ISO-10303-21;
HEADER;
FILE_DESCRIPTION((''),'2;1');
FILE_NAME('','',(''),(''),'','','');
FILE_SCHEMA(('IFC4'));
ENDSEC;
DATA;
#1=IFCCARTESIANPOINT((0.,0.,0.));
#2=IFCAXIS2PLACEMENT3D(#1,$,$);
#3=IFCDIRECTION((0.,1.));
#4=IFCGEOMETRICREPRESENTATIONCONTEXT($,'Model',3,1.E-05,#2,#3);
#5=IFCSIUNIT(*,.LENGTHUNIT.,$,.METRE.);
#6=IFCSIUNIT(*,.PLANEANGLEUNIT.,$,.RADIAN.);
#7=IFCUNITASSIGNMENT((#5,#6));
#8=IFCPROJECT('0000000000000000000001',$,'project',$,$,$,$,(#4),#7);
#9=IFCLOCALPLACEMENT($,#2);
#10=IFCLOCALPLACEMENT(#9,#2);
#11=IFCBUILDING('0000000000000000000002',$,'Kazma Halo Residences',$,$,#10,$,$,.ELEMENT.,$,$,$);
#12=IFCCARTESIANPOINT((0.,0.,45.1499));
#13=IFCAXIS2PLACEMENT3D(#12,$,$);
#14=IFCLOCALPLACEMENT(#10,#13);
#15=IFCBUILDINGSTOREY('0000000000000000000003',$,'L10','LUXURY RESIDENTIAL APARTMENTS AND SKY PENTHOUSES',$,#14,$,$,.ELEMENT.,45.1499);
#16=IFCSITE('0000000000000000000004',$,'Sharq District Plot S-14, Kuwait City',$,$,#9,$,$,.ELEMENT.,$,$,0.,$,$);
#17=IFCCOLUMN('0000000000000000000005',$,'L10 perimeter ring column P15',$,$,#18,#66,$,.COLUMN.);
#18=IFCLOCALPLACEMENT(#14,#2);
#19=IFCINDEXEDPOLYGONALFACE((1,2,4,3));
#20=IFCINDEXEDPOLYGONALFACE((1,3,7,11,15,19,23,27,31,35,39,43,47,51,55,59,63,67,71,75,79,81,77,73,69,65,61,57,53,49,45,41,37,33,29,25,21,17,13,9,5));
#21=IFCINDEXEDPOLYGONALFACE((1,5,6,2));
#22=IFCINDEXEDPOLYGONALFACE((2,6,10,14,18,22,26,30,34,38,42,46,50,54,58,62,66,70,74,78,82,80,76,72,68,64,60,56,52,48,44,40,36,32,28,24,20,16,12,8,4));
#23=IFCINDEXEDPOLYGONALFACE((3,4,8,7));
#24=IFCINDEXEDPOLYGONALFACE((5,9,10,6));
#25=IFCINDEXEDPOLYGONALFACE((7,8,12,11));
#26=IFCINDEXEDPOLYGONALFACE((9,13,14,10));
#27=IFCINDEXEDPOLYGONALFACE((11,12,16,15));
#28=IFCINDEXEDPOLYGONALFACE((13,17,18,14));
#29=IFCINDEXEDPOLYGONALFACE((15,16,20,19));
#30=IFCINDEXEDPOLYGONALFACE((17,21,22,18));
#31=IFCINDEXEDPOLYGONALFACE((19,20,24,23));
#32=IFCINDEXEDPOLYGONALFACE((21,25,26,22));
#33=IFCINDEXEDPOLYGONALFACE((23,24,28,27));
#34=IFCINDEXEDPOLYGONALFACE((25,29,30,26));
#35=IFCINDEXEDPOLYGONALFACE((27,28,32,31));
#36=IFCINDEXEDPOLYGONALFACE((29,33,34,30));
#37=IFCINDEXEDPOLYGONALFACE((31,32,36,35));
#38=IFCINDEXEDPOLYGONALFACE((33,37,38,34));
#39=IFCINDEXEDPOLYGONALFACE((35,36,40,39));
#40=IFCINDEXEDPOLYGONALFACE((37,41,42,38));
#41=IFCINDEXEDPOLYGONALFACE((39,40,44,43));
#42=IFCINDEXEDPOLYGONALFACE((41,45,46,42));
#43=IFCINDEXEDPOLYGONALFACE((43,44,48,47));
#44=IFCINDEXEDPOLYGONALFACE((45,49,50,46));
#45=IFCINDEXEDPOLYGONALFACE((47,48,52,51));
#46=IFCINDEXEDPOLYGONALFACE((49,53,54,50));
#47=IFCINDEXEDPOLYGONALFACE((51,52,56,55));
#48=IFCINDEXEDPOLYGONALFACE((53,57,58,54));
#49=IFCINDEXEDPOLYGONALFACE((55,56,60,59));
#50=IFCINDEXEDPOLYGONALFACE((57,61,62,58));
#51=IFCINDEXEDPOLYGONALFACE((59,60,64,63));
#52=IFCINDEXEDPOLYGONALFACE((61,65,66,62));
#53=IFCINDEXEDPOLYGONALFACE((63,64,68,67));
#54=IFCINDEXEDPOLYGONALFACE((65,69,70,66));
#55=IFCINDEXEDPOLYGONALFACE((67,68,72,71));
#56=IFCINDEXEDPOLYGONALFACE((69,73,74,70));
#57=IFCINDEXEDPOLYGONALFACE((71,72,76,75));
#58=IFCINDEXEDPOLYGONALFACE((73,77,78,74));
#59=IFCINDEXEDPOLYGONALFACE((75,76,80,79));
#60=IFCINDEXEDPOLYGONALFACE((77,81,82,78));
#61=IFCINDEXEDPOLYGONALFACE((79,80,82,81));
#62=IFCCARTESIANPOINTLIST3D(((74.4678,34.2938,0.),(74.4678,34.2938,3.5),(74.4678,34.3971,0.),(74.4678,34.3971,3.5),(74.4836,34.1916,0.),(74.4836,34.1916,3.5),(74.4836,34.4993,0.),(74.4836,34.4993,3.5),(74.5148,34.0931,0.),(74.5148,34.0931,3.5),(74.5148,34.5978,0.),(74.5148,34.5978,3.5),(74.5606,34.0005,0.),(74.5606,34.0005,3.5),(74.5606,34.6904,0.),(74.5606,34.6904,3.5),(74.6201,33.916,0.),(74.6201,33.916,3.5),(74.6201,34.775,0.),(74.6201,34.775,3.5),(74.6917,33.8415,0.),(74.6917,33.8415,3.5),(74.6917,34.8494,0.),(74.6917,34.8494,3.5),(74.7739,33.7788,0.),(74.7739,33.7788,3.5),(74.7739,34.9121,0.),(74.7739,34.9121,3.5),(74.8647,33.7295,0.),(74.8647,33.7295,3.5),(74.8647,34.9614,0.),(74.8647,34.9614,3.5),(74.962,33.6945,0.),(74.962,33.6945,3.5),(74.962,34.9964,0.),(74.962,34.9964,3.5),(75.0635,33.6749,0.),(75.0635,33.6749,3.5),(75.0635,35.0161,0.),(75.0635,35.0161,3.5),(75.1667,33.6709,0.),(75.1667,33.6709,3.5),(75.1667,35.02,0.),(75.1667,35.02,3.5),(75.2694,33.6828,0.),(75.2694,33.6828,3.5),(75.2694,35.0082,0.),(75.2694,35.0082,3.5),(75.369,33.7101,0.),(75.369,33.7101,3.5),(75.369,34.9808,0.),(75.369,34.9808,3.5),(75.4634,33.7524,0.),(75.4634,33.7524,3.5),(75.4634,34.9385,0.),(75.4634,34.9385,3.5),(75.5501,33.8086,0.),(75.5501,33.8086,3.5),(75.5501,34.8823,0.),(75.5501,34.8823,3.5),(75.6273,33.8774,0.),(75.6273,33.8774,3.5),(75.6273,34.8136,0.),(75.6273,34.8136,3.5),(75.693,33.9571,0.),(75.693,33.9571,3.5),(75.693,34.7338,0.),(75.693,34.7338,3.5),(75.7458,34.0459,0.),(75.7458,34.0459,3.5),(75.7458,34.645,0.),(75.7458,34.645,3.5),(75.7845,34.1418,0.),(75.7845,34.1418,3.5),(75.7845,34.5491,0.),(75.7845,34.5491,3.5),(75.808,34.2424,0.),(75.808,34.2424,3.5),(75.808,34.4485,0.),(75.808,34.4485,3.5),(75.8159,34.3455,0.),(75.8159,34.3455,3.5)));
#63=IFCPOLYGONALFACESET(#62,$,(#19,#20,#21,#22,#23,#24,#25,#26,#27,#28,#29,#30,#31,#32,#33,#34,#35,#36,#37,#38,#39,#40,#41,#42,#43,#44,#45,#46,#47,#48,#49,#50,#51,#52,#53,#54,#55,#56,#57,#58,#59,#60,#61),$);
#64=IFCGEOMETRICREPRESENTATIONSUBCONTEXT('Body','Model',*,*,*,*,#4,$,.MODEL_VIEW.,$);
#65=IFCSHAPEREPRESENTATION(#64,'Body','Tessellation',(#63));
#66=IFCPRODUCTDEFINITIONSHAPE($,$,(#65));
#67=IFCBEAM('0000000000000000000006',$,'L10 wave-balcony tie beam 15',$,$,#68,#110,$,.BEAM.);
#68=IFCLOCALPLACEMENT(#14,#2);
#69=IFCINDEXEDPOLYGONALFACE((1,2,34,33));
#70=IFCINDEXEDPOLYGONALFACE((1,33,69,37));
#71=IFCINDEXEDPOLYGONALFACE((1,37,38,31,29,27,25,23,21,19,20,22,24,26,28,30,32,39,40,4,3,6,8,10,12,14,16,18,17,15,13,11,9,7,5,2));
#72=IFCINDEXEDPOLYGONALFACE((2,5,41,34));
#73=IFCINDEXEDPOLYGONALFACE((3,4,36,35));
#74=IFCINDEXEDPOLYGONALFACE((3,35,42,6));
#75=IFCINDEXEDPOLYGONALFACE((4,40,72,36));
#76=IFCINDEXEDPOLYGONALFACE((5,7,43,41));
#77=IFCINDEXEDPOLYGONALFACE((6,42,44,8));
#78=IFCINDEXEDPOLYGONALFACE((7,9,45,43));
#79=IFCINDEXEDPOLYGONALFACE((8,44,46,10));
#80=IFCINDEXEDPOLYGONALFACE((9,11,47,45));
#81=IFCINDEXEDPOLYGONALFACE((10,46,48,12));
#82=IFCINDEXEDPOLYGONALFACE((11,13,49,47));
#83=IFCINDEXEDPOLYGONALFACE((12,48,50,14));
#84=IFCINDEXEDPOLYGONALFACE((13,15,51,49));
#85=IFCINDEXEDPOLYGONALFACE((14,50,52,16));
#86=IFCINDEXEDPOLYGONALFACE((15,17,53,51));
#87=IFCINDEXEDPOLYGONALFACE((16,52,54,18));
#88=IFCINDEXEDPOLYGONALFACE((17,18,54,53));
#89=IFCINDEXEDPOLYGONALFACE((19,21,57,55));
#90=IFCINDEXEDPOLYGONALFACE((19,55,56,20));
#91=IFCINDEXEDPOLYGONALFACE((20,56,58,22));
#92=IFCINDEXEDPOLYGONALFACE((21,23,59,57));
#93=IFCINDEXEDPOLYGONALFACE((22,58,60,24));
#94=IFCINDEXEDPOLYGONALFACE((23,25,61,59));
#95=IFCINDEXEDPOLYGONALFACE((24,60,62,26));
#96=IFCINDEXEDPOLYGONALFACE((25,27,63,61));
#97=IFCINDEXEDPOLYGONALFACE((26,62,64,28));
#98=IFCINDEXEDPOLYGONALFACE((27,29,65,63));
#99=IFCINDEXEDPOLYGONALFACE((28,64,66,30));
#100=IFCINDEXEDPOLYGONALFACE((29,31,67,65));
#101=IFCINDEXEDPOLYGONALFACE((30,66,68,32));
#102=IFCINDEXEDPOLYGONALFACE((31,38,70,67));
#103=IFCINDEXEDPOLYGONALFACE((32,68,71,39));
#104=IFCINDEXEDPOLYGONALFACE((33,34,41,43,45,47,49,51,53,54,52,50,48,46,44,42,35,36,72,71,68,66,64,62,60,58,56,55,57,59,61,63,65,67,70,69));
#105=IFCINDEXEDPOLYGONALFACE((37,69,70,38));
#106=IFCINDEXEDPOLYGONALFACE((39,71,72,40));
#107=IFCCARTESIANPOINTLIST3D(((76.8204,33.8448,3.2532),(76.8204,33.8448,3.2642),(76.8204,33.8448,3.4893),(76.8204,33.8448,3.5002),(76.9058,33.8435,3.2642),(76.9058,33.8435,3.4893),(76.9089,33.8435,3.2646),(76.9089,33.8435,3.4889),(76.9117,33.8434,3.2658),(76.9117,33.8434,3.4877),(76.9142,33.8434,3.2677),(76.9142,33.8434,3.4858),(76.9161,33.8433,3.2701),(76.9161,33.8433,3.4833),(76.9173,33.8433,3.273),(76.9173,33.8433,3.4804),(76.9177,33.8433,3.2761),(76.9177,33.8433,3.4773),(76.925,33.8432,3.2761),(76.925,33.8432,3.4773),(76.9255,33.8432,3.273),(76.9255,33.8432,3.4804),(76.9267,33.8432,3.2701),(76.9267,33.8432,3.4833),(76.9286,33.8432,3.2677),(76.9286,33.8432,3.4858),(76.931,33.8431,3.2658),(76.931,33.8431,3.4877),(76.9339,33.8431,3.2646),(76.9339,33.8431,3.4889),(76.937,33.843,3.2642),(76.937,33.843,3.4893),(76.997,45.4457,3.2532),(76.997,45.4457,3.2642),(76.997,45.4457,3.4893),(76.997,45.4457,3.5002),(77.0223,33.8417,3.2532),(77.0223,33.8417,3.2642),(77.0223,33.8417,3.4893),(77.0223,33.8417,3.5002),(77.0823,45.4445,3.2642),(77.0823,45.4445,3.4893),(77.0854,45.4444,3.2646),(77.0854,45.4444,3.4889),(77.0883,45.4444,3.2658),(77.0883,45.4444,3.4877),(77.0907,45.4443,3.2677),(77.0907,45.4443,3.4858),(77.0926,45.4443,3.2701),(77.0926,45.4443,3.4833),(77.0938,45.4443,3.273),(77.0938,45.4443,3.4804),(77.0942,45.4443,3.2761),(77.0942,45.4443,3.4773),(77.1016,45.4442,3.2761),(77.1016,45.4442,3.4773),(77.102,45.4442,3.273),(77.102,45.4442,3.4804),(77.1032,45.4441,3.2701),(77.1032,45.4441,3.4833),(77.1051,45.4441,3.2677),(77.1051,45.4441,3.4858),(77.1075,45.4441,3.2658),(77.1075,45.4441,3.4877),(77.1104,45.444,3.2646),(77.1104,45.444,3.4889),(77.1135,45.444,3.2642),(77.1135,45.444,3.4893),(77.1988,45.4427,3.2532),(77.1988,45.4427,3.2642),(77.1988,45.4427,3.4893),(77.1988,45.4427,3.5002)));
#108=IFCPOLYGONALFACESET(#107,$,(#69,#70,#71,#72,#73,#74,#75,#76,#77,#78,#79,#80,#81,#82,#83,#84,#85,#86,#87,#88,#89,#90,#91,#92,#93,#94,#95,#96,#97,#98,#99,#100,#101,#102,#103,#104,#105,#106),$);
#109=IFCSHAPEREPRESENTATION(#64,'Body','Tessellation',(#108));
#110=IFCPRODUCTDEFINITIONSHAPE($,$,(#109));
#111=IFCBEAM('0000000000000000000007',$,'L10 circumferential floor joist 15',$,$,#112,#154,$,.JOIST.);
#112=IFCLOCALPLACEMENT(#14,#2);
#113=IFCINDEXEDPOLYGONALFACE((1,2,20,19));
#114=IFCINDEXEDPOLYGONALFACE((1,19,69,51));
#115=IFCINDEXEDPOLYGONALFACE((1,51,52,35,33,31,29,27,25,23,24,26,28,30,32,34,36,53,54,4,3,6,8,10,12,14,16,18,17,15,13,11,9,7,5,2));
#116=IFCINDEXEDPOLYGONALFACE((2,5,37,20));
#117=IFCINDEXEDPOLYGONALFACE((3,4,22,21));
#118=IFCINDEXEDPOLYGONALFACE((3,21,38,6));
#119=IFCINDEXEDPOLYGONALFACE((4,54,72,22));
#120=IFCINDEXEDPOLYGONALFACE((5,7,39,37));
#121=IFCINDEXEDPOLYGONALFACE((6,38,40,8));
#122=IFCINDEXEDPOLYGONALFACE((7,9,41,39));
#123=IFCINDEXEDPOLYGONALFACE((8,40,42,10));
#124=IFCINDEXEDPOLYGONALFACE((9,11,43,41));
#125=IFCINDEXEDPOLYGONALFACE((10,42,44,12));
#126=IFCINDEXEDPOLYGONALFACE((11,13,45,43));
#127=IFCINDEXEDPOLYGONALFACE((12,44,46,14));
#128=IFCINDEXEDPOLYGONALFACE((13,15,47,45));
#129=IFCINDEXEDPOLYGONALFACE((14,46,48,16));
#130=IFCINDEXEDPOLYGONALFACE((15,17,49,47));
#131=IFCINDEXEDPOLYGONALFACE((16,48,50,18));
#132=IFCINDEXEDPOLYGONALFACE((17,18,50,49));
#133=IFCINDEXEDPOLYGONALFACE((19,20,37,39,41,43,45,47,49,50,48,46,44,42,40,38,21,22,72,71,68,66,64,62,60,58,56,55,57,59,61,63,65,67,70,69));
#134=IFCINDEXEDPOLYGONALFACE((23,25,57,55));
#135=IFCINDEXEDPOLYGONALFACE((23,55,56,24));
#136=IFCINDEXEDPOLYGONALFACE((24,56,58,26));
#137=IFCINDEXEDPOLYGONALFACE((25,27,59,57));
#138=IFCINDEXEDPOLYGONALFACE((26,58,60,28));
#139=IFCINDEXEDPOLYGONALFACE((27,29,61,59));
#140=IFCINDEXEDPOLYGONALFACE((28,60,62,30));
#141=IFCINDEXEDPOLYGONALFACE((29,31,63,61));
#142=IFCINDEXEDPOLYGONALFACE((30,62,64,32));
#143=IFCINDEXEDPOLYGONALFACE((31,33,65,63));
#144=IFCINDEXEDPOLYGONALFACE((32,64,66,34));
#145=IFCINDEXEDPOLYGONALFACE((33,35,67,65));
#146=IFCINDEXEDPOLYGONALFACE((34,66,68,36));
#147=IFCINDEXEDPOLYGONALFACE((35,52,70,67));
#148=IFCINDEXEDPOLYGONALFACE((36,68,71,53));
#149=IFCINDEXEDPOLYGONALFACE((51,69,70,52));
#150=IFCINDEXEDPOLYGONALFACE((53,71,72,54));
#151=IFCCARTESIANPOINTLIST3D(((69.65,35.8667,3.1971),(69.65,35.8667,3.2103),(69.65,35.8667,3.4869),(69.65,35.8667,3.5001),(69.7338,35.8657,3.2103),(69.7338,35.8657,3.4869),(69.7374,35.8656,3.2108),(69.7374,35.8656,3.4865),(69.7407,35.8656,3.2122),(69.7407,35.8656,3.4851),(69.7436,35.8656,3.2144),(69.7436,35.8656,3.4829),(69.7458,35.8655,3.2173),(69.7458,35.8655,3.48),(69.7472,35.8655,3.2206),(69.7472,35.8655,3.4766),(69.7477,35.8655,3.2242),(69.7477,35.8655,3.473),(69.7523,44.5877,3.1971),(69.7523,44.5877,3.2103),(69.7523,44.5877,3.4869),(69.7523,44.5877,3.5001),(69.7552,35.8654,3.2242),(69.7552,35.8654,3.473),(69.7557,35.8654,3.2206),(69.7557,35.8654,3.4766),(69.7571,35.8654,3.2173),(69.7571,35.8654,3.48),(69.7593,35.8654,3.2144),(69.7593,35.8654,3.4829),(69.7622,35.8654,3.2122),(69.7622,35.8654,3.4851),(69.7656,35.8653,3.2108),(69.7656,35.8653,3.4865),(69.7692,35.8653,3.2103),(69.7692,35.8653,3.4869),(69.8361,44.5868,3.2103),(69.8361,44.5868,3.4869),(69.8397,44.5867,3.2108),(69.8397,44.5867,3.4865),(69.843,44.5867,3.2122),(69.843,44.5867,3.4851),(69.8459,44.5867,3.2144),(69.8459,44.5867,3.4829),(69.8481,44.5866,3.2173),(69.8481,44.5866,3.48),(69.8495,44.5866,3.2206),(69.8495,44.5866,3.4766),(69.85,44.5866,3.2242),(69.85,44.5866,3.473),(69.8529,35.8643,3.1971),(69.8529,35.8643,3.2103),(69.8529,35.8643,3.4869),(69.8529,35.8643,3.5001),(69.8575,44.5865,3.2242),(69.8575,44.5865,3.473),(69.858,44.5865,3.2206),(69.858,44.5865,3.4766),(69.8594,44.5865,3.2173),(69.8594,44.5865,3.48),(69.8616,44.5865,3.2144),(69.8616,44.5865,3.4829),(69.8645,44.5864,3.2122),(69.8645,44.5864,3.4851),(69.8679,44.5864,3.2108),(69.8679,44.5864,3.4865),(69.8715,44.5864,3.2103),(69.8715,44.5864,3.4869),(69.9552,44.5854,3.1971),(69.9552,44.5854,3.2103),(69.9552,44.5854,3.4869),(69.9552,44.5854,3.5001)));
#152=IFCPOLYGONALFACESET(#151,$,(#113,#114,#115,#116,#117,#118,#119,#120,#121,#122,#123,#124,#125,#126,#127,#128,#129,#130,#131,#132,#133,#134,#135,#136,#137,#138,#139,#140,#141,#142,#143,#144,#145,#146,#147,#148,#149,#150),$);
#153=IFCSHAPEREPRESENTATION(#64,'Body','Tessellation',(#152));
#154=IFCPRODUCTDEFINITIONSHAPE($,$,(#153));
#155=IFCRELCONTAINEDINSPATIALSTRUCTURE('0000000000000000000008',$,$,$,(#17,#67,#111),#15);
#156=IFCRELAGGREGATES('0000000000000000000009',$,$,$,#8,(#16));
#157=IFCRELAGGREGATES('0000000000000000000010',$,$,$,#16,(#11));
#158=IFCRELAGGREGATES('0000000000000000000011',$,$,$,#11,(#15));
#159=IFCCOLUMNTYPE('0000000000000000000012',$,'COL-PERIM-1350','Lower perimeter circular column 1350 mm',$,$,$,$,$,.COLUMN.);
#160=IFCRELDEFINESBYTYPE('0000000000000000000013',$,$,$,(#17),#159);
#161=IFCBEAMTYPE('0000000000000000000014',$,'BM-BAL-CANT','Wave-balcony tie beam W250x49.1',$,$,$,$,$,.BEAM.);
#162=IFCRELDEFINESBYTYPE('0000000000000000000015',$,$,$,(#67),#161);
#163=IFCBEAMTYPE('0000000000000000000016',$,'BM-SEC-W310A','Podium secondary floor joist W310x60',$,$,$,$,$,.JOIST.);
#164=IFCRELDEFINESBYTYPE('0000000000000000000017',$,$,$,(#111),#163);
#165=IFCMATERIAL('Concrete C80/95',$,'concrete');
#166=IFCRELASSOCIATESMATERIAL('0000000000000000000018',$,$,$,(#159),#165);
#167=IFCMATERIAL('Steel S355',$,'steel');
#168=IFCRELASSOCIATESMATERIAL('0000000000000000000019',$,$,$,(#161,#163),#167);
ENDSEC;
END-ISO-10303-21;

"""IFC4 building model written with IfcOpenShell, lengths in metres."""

from ifc_helpers import new_model, si_unit, direction, frame, origin, origin_2d, place, context, subcontext, project, spatial, circle, i_section, extrude, material, material_profile, profile_set, type_object, element, save


model = new_model("IFC4")

# Units and contexts
model_context = context("Model", 3, precision=1e-05, world=origin(), true_north=direction((0.0, 1.0)))
body_context = subcontext(model_context, "Body", "Model", "MODEL_VIEW")
ifc_project = project(units=[si_unit("LENGTHUNIT", "METRE"), si_unit("PLANEANGLEUNIT", "RADIAN")], contexts=[model_context])

# Site, building, storey
site_placement = place(None, origin())
site = spatial("IfcSite", under=ifc_project, at=site_placement, Name="Sharq District Plot S-14, Kuwait City", CompositionType="ELEMENT", RefElevation=0.0)
building_placement = place(site_placement, origin())
building = spatial("IfcBuilding", under=site, at=building_placement, Name="Kazma Halo Residences", CompositionType="ELEMENT")
storey_placement = place(building_placement, frame((0.0, 0.0, 45.1499)))
storey = spatial("IfcBuildingStorey", under=building, at=storey_placement, Name="L10", Description="LUXURY RESIDENTIAL APARTMENTS AND SKY PENTHOUSES", CompositionType="ELEMENT", Elevation=45.1499)

# Column
ifc_material_1 = material(Name="Concrete C80/95", Category="concrete")
ifc_material_profile_1 = material_profile(ifc_material_1, circle(Radius=0.675, at=origin_2d()), Name="CIRC1350")
ifc_profile_set_1 = profile_set([ifc_material_profile_1], Name="Concrete C80/95")
column_type = type_object("IfcColumnType", Name="COL-PERIM-1350", Description="Lower perimeter circular column 1350 mm", PredefinedType="COLUMN", material=ifc_profile_set_1)
column_placement = place(storey_placement, frame((75.1409, 34.3455, 0.0), z_axis=(0.0, 0.0, 1.0), x_axis=(1.0, 0.0, 0.0)))
element("IfcColumn", 1, at=column_placement, inside=storey, type_object=column_type, Name="L10 perimeter ring column P15", PredefinedType="COLUMN", context=body_context, shape_type="SweptSolid", body=[
    extrude(circle(Radius=0.675, at=origin_2d()), origin(), (0.0, 0.0, 1.0), 3.5),
])

# Beams
ifc_material_2 = material(Name="Steel S355", Category="steel")
ifc_material_profile_2 = material_profile(ifc_material_2, i_section(OverallWidth=0.2019, OverallDepth=0.2471, WebThickness=0.0073, FlangeThickness=0.011, FilletRadius=0.012, at=origin_2d()), Name="W250x49.1")
ifc_profile_set_2 = profile_set([ifc_material_profile_2], Name="Steel S355")
beam_type_1 = type_object("IfcBeamType", Name="BM-BAL-CANT", Description="Wave-balcony tie beam W250x49.1", PredefinedType="BEAM", material=ifc_profile_set_2)
beam_1_placement = place(storey_placement, frame((76.9214, 33.8433, 3.3767), z_axis=(0.015214, 0.999884, 0.0), x_axis=(-0.999884, 0.015214, 0.0)))
element("IfcBeam", 2, at=beam_1_placement, inside=storey, type_object=beam_type_1, Name="L10 wave-balcony tie beam 15", PredefinedType="BEAM", context=body_context, shape_type="SweptSolid", body=[
    extrude(i_section(OverallWidth=0.2019, OverallDepth=0.2471, WebThickness=0.0073, FlangeThickness=0.011, FilletRadius=0.012, at=origin_2d()), origin(), (0.0, 0.0, 1.0), 11.6023),
])
ifc_material_profile_3 = material_profile(ifc_material_2, i_section(OverallWidth=0.2029, OverallDepth=0.303, WebThickness=0.0076, FlangeThickness=0.0132, FilletRadius=0.0139, at=origin_2d()), Name="W310x60")
ifc_profile_set_3 = profile_set([ifc_material_profile_3], Name="Steel S355")
beam_type_2 = type_object("IfcBeamType", Name="BM-SEC-W310A", Description="Podium secondary floor joist W310x60", PredefinedType="JOIST", material=ifc_profile_set_3)
beam_2_placement = place(storey_placement, frame((69.7515, 35.8655, 3.3486), z_axis=(0.011729, 0.999931, 0.0), x_axis=(-0.999931, 0.011729, 0.0)))
element("IfcBeam", 3, at=beam_2_placement, inside=storey, type_object=beam_type_2, Name="L10 circumferential floor joist 15", PredefinedType="JOIST", context=body_context, shape_type="SweptSolid", body=[
    extrude(i_section(OverallWidth=0.2029, OverallDepth=0.303, WebThickness=0.0076, FlangeThickness=0.0132, FilletRadius=0.0139, at=origin_2d()), origin(), (0.0, 0.0, 1.0), 8.7217),
])

save(model, "model.ifc")
